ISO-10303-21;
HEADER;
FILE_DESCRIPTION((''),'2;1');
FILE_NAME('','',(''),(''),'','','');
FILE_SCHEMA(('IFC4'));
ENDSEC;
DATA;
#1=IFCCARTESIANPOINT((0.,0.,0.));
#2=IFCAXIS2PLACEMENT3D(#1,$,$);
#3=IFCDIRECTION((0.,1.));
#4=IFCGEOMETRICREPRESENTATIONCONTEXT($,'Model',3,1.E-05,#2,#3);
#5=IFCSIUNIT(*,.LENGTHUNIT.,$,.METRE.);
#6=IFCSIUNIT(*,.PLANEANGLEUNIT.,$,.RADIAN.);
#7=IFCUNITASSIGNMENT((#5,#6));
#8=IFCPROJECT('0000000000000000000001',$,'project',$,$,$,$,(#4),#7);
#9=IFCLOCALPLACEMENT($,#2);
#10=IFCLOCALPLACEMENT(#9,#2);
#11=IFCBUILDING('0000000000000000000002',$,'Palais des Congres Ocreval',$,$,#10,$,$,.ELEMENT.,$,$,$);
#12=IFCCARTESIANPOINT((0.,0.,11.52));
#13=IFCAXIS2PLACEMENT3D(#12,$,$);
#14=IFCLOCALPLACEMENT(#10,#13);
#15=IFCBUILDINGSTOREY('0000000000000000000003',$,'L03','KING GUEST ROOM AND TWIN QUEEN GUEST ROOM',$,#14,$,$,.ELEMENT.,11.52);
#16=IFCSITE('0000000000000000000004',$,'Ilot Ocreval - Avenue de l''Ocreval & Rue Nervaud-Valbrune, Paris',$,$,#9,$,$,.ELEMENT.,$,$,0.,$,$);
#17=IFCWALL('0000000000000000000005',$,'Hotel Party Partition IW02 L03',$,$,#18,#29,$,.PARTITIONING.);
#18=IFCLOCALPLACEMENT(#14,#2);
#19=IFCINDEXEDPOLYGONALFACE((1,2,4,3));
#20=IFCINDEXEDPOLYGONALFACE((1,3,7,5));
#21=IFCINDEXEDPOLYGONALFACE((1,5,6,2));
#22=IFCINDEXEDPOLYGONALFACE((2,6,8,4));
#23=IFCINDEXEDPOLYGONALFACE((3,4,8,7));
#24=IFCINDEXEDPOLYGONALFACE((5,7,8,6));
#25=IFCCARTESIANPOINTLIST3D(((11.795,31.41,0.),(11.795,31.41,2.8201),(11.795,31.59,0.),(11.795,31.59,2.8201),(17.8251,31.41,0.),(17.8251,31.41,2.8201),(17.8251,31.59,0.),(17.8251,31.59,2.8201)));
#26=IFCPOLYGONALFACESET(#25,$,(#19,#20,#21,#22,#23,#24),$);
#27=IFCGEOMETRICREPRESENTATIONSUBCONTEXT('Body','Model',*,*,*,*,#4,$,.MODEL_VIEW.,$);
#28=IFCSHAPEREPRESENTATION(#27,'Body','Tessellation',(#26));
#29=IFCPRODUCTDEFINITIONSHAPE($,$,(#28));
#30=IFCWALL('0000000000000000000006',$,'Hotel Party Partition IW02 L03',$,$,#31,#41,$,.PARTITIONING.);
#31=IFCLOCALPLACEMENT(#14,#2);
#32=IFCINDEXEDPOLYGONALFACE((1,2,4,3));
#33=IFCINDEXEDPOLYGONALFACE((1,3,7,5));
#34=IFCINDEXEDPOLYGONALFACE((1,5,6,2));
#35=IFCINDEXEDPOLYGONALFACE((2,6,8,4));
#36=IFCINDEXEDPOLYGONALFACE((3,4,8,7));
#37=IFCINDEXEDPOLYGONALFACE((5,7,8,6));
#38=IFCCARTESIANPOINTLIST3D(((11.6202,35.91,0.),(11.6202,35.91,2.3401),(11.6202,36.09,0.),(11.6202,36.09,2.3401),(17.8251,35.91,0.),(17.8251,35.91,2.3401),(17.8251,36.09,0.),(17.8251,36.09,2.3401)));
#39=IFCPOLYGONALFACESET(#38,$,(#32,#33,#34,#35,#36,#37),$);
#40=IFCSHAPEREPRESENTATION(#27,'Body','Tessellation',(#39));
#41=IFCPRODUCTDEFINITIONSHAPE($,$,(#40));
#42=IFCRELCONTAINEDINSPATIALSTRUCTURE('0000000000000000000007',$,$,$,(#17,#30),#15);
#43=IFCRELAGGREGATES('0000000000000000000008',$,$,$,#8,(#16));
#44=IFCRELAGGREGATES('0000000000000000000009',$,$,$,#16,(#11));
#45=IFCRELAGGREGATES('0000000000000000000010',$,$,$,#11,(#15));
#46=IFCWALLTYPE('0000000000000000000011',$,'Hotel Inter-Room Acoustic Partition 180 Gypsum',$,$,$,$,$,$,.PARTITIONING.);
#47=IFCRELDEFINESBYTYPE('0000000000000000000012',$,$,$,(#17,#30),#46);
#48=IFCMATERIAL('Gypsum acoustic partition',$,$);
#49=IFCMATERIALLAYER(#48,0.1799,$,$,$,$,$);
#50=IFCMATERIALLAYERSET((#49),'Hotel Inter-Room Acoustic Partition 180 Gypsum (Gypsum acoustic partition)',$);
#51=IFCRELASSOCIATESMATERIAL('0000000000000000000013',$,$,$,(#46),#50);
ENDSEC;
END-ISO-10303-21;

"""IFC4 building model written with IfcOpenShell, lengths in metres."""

from ifc_helpers import new_model, si_unit, direction, frame, frame_2d, origin, place, context, subcontext, project, spatial, rectangle, extrude, material, layer, layer_set, type_object, element, save


model = new_model("IFC4")

# Units and contexts
model_context = context("Model", 3, precision=1e-05, world=origin(), true_north=direction((0.0, 1.0)))
body_context = subcontext(model_context, "Body", "Model", "MODEL_VIEW")
ifc_project = project(units=[si_unit("LENGTHUNIT", "METRE"), si_unit("PLANEANGLEUNIT", "RADIAN")], contexts=[model_context])

# Site, building, storey
site_placement = place(None, origin())
site = spatial("IfcSite", under=ifc_project, at=site_placement, Name="Ilot Ocreval - Avenue de l'Ocreval & Rue Nervaud-Valbrune, Paris", CompositionType="ELEMENT", RefElevation=0.0)
building_placement = place(site_placement, origin())
building = spatial("IfcBuilding", under=site, at=building_placement, Name="Palais des Congres Ocreval", CompositionType="ELEMENT")
storey_placement = place(building_placement, frame((0.0, 0.0, 11.52)))
storey = spatial("IfcBuildingStorey", under=building, at=storey_placement, Name="L03", Description="KING GUEST ROOM AND TWIN QUEEN GUEST ROOM", CompositionType="ELEMENT", Elevation=11.52)

# Shared definitions
ifc_material_1 = material(Name="Gypsum acoustic partition")

# Walls
ifc_layer_1 = layer(ifc_material_1, 0.1799)
ifc_layer_set_1 = layer_set([ifc_layer_1], Name="Hotel Inter-Room Acoustic Partition 180 Gypsum (Gypsum acoustic partition)")
wall_type_1 = type_object("IfcWallType", Name="Hotel Inter-Room Acoustic Partition 180 Gypsum", PredefinedType="PARTITIONING", material=ifc_layer_set_1)
wall_1_placement = place(storey_placement, frame((11.7949, 31.5, 0.0), z_axis=(0.0, 0.0, 1.0), x_axis=(1.0, 0.0, 0.0)))
element("IfcWall", 1, at=wall_1_placement, inside=storey, type_object=wall_type_1, Name="Hotel Party Partition IW02 L03", PredefinedType="PARTITIONING", context=body_context, shape_type="SweptSolid", body=[
    extrude(rectangle(XDim=6.03, YDim=0.1799, at=frame_2d((3.0151, 0.0))), origin(), (0.0, 0.0, 1.0), 2.8201),
])
wall_2_placement = place(storey_placement, frame((11.6201, 36.0, 0.0), z_axis=(0.0, 0.0, 1.0), x_axis=(1.0, 0.0, 0.0)))
element("IfcWall", 2, at=wall_2_placement, inside=storey, type_object=wall_type_1, Name="Hotel Party Partition IW02 L03", PredefinedType="PARTITIONING", context=body_context, shape_type="SweptSolid", body=[
    extrude(rectangle(XDim=6.2048, YDim=0.1799, at=frame_2d((3.1025, 0.0))), origin(), (0.0, 0.0, 1.0), 2.3401),
])

save(model, "model.ifc")
